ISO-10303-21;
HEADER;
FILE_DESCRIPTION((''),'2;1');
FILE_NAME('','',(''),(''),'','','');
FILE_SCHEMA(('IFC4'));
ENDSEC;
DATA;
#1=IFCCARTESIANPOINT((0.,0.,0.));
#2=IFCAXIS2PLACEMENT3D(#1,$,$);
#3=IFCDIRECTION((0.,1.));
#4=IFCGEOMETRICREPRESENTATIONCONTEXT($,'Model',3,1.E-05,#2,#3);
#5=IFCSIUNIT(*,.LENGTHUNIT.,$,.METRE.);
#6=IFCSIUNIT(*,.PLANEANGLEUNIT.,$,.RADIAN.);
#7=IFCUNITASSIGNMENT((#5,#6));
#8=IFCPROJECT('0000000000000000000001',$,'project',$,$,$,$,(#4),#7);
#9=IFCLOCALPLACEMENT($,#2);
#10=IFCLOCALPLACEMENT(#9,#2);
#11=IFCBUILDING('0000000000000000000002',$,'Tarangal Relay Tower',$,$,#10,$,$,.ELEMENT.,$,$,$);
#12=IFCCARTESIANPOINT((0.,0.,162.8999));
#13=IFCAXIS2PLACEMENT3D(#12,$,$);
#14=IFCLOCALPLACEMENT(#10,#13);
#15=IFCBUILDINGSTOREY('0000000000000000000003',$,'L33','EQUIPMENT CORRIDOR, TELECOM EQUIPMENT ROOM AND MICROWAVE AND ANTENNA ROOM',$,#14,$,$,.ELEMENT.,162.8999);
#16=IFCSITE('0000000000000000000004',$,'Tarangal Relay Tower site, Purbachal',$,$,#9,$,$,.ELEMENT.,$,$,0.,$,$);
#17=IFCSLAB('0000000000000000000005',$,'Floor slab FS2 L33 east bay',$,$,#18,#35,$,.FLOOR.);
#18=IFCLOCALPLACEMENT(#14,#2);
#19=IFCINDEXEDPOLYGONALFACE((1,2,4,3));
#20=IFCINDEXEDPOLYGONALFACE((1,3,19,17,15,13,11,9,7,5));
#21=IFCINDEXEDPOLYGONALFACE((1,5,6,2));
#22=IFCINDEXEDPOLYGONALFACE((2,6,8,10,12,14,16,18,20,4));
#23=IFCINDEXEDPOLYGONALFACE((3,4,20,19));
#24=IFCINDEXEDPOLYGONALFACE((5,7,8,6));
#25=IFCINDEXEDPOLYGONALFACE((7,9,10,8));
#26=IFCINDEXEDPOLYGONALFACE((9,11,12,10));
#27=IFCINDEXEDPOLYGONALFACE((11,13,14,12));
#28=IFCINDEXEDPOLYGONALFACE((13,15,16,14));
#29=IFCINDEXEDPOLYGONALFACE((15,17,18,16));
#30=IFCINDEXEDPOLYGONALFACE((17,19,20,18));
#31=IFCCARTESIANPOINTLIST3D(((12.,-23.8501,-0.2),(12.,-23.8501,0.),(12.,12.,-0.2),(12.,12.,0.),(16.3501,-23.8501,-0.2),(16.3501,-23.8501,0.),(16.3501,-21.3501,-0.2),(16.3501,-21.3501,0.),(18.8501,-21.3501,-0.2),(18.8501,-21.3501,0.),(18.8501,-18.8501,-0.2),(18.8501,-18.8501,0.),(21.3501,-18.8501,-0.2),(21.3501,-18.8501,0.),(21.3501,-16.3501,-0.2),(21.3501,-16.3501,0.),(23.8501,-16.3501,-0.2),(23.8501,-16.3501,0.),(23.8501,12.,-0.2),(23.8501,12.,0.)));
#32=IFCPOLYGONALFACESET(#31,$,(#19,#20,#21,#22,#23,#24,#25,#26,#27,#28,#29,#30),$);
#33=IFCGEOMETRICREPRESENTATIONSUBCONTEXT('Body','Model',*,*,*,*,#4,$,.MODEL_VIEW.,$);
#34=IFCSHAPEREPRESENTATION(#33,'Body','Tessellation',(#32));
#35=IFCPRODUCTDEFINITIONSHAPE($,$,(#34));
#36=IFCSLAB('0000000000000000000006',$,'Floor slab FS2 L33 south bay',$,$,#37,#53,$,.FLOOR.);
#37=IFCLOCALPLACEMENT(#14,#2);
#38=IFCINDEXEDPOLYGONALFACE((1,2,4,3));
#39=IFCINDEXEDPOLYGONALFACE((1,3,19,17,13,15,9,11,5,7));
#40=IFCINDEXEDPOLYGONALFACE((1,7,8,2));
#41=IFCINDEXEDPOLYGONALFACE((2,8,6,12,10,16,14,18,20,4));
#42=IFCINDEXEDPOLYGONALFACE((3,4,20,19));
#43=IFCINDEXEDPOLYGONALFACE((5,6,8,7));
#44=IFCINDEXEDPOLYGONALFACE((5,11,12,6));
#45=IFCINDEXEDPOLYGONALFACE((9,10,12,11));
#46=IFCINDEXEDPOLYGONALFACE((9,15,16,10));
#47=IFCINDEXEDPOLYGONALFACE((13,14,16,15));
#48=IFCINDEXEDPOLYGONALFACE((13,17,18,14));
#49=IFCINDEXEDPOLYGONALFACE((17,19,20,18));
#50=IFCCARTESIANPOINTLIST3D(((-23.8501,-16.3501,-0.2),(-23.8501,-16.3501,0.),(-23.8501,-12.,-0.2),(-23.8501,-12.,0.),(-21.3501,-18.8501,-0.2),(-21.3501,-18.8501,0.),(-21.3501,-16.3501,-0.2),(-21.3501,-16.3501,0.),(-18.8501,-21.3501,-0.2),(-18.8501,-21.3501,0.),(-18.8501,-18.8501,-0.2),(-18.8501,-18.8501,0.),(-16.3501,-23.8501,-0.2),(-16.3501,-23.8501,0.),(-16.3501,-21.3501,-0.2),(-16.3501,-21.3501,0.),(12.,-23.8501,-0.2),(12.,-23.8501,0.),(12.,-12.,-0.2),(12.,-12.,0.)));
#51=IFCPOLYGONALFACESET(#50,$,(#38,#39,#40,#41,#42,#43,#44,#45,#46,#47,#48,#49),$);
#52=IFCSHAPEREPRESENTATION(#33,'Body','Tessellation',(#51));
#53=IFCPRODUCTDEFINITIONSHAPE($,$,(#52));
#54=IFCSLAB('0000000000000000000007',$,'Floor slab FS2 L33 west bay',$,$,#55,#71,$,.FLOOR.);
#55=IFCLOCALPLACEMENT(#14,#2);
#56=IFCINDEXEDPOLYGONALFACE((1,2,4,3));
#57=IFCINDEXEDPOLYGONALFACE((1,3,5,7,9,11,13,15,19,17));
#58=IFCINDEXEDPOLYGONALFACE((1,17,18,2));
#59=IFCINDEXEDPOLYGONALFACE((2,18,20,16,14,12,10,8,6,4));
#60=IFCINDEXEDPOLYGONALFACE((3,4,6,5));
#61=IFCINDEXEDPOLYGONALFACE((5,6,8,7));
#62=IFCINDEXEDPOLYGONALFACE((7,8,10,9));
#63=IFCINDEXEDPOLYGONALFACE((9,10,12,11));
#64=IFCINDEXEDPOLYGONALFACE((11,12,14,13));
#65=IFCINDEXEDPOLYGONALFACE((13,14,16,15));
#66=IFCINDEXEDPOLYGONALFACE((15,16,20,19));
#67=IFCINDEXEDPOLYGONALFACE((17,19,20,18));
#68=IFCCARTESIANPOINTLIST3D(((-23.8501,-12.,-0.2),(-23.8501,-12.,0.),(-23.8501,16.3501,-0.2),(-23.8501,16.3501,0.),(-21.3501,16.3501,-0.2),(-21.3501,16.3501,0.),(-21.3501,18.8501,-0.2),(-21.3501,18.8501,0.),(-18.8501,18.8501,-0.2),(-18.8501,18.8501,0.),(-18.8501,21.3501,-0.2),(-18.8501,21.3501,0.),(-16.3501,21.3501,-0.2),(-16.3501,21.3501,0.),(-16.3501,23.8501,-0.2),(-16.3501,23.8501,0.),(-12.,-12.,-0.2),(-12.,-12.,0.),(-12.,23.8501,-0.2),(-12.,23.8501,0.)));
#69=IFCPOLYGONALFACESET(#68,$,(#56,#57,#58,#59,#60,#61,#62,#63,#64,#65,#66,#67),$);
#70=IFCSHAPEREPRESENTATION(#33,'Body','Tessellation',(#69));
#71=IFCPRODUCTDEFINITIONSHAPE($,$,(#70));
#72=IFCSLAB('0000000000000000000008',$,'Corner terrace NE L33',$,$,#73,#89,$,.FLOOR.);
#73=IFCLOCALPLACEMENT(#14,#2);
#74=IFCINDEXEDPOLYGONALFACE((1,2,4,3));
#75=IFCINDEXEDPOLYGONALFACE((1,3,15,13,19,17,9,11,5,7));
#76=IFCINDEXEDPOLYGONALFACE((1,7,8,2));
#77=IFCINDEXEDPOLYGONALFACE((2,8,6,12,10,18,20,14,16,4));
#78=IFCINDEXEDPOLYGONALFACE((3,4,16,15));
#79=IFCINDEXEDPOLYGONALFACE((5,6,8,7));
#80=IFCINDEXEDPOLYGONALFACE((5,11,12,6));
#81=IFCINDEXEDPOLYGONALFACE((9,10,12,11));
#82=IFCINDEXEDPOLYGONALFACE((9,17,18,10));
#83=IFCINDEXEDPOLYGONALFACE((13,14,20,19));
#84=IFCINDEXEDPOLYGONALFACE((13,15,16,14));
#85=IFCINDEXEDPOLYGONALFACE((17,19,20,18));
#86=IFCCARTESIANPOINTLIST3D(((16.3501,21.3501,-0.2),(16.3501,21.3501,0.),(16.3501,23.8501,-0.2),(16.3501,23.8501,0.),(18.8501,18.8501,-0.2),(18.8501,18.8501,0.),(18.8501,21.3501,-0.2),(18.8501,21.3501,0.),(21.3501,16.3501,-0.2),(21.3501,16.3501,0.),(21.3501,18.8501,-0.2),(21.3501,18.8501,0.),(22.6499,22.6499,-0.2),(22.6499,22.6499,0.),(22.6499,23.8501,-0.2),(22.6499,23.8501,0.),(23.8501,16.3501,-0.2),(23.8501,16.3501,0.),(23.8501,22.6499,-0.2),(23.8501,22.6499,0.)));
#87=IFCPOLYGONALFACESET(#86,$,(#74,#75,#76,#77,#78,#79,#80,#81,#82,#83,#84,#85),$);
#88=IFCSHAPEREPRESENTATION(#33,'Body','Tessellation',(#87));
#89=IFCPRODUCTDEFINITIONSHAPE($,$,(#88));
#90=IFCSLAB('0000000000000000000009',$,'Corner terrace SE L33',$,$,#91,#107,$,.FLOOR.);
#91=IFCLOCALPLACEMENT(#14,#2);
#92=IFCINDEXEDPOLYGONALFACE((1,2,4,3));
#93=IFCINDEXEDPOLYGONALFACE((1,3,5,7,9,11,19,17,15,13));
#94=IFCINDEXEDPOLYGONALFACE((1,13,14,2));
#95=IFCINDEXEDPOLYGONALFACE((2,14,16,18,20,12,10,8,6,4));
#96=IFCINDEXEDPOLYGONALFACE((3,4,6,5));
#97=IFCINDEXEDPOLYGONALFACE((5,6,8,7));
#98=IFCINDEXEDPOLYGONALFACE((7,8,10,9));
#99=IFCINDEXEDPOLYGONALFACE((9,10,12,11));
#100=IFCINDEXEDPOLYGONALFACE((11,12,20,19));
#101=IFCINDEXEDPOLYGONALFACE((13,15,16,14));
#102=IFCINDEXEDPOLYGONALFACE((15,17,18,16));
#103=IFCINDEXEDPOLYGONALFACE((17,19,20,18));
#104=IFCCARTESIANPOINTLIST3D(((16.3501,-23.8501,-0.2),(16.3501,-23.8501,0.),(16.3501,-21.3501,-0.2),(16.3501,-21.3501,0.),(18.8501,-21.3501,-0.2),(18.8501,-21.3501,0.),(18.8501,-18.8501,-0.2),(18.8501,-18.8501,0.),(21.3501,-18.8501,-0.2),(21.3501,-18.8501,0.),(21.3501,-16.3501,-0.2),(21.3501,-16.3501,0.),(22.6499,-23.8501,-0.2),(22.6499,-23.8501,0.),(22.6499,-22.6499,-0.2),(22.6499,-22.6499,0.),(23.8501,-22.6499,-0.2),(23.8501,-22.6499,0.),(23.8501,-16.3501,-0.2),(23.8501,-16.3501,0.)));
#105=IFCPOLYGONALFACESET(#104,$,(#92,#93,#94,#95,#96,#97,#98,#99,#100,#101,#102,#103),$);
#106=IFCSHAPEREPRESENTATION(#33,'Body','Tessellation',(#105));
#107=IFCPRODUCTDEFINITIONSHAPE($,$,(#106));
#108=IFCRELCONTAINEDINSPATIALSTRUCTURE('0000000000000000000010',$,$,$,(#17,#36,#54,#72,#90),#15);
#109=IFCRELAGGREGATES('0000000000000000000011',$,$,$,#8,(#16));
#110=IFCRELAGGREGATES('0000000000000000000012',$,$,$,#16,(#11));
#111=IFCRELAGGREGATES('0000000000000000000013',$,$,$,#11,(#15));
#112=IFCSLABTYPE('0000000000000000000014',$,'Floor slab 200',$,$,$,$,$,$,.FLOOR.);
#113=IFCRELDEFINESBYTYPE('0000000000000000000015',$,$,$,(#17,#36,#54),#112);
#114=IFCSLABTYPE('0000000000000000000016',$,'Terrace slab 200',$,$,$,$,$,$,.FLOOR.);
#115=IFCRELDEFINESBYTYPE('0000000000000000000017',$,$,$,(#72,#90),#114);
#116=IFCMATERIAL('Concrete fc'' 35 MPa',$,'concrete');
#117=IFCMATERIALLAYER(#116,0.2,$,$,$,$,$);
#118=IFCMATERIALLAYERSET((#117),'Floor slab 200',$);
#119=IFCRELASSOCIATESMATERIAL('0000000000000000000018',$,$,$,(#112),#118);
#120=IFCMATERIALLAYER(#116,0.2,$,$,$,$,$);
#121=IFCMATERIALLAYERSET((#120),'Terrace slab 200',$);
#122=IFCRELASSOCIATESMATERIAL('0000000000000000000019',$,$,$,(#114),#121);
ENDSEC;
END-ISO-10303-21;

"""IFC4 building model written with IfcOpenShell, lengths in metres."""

from ifc_helpers import new_model, si_unit, direction, frame, origin, place, context, subcontext, project, spatial, polyline, outline, extrude, material, layer, layer_set, type_object, element, save


model = new_model("IFC4")

# Units and contexts
model_context = context("Model", 3, precision=1e-05, world=origin(), true_north=direction((0.0, 1.0)))
body_context = subcontext(model_context, "Body", "Model", "MODEL_VIEW")
ifc_project = project(units=[si_unit("LENGTHUNIT", "METRE"), si_unit("PLANEANGLEUNIT", "RADIAN")], contexts=[model_context])

# Site, building, storey
site_placement = place(None, origin())
site = spatial("IfcSite", under=ifc_project, at=site_placement, Name="Tarangal Relay Tower site, Purbachal", CompositionType="ELEMENT", RefElevation=0.0)
building_placement = place(site_placement, origin())
building = spatial("IfcBuilding", under=site, at=building_placement, Name="Tarangal Relay Tower", CompositionType="ELEMENT")
storey_placement = place(building_placement, frame((0.0, 0.0, 162.8999)))
storey = spatial("IfcBuildingStorey", under=building, at=storey_placement, Name="L33", Description="EQUIPMENT CORRIDOR, TELECOM EQUIPMENT ROOM AND MICROWAVE AND ANTENNA ROOM", CompositionType="ELEMENT", Elevation=162.8999)

# Slabs
ifc_material_1 = material(Name="Concrete fc' 35 MPa", Category="concrete")
ifc_layer_1 = layer(ifc_material_1, 0.2)
ifc_layer_set_1 = layer_set([ifc_layer_1], Name="Floor slab 200")
slab_type_1 = type_object("IfcSlabType", Name="Floor slab 200", PredefinedType="FLOOR", material=ifc_layer_set_1)
slab_1_placement = place(storey_placement, frame((0.0, 0.0, -0.2)))
element("IfcSlab", 1, at=slab_1_placement, inside=storey, type_object=slab_type_1, Name="Floor slab FS2 L33 east bay", PredefinedType="FLOOR", context=body_context, shape_type="SweptSolid", body=[
    extrude(outline(polyline([(23.8501, -16.3501), (21.3501, -16.3501), (21.3501, -18.8501), (18.8501, -18.8501), (18.8501, -21.3501), (16.3501, -21.3501), (16.3501, -23.8501), (12.0, -23.8501), (12.0, 12.0), (23.8501, 12.0), (23.8501, -16.3501)])), origin(), (0.0, 0.0, 1.0), 0.2),
])
slab_2_placement = place(storey_placement, frame((0.0, 0.0, -0.2)))
element("IfcSlab", 2, at=slab_2_placement, inside=storey, type_object=slab_type_1, Name="Floor slab FS2 L33 south bay", PredefinedType="FLOOR", context=body_context, shape_type="SweptSolid", body=[
    extrude(outline(polyline([(-16.3501, -23.8501), (-16.3501, -21.3501), (-18.8501, -21.3501), (-18.8501, -18.8501), (-21.3501, -18.8501), (-21.3501, -16.3501), (-23.8501, -16.3501), (-23.8501, -12.0), (12.0, -12.0), (12.0, -23.8501), (-16.3501, -23.8501)])), origin(), (0.0, 0.0, 1.0), 0.2),
])
slab_3_placement = place(storey_placement, frame((0.0, 0.0, -0.2)))
element("IfcSlab", 3, at=slab_3_placement, inside=storey, type_object=slab_type_1, Name="Floor slab FS2 L33 west bay", PredefinedType="FLOOR", context=body_context, shape_type="SweptSolid", body=[
    extrude(outline(polyline([(-12.0, 23.8501), (-12.0, -12.0), (-23.8501, -12.0), (-23.8501, 16.3501), (-21.3501, 16.3501), (-21.3501, 18.8501), (-18.8501, 18.8501), (-18.8501, 21.3501), (-16.3501, 21.3501), (-16.3501, 23.8501), (-12.0, 23.8501)])), origin(), (0.0, 0.0, 1.0), 0.2),
])
ifc_layer_2 = layer(ifc_material_1, 0.2)
ifc_layer_set_2 = layer_set([ifc_layer_2], Name="Terrace slab 200")
slab_type_2 = type_object("IfcSlabType", Name="Terrace slab 200", PredefinedType="FLOOR", material=ifc_layer_set_2)
slab_4_placement = place(storey_placement, frame((0.0, 0.0, -0.2)))
element("IfcSlab", 4, at=slab_4_placement, inside=storey, type_object=slab_type_2, Name="Corner terrace NE L33", PredefinedType="FLOOR", context=body_context, shape_type="SweptSolid", body=[
    extrude(outline(polyline([(16.3501, 23.8501), (16.3501, 21.3501), (18.8501, 21.3501), (18.8501, 18.8501), (21.3501, 18.8501), (21.3501, 16.3501), (23.8501, 16.3501), (23.8501, 22.6499), (22.6499, 22.6499), (22.6499, 23.8501), (16.3501, 23.8501)])), origin(), (0.0, 0.0, 1.0), 0.2),
])
slab_5_placement = place(storey_placement, frame((0.0, 0.0, -0.2)))
element("IfcSlab", 5, at=slab_5_placement, inside=storey, type_object=slab_type_2, Name="Corner terrace SE L33", PredefinedType="FLOOR", context=body_context, shape_type="SweptSolid", body=[
    extrude(outline(polyline([(23.8501, -16.3501), (21.3501, -16.3501), (21.3501, -18.8501), (18.8501, -18.8501), (18.8501, -21.3501), (16.3501, -21.3501), (16.3501, -23.8501), (22.6499, -23.8501), (22.6499, -22.6499), (23.8501, -22.6499), (23.8501, -16.3501)])), origin(), (0.0, 0.0, 1.0), 0.2),
])

save(model, "model.ifc")
